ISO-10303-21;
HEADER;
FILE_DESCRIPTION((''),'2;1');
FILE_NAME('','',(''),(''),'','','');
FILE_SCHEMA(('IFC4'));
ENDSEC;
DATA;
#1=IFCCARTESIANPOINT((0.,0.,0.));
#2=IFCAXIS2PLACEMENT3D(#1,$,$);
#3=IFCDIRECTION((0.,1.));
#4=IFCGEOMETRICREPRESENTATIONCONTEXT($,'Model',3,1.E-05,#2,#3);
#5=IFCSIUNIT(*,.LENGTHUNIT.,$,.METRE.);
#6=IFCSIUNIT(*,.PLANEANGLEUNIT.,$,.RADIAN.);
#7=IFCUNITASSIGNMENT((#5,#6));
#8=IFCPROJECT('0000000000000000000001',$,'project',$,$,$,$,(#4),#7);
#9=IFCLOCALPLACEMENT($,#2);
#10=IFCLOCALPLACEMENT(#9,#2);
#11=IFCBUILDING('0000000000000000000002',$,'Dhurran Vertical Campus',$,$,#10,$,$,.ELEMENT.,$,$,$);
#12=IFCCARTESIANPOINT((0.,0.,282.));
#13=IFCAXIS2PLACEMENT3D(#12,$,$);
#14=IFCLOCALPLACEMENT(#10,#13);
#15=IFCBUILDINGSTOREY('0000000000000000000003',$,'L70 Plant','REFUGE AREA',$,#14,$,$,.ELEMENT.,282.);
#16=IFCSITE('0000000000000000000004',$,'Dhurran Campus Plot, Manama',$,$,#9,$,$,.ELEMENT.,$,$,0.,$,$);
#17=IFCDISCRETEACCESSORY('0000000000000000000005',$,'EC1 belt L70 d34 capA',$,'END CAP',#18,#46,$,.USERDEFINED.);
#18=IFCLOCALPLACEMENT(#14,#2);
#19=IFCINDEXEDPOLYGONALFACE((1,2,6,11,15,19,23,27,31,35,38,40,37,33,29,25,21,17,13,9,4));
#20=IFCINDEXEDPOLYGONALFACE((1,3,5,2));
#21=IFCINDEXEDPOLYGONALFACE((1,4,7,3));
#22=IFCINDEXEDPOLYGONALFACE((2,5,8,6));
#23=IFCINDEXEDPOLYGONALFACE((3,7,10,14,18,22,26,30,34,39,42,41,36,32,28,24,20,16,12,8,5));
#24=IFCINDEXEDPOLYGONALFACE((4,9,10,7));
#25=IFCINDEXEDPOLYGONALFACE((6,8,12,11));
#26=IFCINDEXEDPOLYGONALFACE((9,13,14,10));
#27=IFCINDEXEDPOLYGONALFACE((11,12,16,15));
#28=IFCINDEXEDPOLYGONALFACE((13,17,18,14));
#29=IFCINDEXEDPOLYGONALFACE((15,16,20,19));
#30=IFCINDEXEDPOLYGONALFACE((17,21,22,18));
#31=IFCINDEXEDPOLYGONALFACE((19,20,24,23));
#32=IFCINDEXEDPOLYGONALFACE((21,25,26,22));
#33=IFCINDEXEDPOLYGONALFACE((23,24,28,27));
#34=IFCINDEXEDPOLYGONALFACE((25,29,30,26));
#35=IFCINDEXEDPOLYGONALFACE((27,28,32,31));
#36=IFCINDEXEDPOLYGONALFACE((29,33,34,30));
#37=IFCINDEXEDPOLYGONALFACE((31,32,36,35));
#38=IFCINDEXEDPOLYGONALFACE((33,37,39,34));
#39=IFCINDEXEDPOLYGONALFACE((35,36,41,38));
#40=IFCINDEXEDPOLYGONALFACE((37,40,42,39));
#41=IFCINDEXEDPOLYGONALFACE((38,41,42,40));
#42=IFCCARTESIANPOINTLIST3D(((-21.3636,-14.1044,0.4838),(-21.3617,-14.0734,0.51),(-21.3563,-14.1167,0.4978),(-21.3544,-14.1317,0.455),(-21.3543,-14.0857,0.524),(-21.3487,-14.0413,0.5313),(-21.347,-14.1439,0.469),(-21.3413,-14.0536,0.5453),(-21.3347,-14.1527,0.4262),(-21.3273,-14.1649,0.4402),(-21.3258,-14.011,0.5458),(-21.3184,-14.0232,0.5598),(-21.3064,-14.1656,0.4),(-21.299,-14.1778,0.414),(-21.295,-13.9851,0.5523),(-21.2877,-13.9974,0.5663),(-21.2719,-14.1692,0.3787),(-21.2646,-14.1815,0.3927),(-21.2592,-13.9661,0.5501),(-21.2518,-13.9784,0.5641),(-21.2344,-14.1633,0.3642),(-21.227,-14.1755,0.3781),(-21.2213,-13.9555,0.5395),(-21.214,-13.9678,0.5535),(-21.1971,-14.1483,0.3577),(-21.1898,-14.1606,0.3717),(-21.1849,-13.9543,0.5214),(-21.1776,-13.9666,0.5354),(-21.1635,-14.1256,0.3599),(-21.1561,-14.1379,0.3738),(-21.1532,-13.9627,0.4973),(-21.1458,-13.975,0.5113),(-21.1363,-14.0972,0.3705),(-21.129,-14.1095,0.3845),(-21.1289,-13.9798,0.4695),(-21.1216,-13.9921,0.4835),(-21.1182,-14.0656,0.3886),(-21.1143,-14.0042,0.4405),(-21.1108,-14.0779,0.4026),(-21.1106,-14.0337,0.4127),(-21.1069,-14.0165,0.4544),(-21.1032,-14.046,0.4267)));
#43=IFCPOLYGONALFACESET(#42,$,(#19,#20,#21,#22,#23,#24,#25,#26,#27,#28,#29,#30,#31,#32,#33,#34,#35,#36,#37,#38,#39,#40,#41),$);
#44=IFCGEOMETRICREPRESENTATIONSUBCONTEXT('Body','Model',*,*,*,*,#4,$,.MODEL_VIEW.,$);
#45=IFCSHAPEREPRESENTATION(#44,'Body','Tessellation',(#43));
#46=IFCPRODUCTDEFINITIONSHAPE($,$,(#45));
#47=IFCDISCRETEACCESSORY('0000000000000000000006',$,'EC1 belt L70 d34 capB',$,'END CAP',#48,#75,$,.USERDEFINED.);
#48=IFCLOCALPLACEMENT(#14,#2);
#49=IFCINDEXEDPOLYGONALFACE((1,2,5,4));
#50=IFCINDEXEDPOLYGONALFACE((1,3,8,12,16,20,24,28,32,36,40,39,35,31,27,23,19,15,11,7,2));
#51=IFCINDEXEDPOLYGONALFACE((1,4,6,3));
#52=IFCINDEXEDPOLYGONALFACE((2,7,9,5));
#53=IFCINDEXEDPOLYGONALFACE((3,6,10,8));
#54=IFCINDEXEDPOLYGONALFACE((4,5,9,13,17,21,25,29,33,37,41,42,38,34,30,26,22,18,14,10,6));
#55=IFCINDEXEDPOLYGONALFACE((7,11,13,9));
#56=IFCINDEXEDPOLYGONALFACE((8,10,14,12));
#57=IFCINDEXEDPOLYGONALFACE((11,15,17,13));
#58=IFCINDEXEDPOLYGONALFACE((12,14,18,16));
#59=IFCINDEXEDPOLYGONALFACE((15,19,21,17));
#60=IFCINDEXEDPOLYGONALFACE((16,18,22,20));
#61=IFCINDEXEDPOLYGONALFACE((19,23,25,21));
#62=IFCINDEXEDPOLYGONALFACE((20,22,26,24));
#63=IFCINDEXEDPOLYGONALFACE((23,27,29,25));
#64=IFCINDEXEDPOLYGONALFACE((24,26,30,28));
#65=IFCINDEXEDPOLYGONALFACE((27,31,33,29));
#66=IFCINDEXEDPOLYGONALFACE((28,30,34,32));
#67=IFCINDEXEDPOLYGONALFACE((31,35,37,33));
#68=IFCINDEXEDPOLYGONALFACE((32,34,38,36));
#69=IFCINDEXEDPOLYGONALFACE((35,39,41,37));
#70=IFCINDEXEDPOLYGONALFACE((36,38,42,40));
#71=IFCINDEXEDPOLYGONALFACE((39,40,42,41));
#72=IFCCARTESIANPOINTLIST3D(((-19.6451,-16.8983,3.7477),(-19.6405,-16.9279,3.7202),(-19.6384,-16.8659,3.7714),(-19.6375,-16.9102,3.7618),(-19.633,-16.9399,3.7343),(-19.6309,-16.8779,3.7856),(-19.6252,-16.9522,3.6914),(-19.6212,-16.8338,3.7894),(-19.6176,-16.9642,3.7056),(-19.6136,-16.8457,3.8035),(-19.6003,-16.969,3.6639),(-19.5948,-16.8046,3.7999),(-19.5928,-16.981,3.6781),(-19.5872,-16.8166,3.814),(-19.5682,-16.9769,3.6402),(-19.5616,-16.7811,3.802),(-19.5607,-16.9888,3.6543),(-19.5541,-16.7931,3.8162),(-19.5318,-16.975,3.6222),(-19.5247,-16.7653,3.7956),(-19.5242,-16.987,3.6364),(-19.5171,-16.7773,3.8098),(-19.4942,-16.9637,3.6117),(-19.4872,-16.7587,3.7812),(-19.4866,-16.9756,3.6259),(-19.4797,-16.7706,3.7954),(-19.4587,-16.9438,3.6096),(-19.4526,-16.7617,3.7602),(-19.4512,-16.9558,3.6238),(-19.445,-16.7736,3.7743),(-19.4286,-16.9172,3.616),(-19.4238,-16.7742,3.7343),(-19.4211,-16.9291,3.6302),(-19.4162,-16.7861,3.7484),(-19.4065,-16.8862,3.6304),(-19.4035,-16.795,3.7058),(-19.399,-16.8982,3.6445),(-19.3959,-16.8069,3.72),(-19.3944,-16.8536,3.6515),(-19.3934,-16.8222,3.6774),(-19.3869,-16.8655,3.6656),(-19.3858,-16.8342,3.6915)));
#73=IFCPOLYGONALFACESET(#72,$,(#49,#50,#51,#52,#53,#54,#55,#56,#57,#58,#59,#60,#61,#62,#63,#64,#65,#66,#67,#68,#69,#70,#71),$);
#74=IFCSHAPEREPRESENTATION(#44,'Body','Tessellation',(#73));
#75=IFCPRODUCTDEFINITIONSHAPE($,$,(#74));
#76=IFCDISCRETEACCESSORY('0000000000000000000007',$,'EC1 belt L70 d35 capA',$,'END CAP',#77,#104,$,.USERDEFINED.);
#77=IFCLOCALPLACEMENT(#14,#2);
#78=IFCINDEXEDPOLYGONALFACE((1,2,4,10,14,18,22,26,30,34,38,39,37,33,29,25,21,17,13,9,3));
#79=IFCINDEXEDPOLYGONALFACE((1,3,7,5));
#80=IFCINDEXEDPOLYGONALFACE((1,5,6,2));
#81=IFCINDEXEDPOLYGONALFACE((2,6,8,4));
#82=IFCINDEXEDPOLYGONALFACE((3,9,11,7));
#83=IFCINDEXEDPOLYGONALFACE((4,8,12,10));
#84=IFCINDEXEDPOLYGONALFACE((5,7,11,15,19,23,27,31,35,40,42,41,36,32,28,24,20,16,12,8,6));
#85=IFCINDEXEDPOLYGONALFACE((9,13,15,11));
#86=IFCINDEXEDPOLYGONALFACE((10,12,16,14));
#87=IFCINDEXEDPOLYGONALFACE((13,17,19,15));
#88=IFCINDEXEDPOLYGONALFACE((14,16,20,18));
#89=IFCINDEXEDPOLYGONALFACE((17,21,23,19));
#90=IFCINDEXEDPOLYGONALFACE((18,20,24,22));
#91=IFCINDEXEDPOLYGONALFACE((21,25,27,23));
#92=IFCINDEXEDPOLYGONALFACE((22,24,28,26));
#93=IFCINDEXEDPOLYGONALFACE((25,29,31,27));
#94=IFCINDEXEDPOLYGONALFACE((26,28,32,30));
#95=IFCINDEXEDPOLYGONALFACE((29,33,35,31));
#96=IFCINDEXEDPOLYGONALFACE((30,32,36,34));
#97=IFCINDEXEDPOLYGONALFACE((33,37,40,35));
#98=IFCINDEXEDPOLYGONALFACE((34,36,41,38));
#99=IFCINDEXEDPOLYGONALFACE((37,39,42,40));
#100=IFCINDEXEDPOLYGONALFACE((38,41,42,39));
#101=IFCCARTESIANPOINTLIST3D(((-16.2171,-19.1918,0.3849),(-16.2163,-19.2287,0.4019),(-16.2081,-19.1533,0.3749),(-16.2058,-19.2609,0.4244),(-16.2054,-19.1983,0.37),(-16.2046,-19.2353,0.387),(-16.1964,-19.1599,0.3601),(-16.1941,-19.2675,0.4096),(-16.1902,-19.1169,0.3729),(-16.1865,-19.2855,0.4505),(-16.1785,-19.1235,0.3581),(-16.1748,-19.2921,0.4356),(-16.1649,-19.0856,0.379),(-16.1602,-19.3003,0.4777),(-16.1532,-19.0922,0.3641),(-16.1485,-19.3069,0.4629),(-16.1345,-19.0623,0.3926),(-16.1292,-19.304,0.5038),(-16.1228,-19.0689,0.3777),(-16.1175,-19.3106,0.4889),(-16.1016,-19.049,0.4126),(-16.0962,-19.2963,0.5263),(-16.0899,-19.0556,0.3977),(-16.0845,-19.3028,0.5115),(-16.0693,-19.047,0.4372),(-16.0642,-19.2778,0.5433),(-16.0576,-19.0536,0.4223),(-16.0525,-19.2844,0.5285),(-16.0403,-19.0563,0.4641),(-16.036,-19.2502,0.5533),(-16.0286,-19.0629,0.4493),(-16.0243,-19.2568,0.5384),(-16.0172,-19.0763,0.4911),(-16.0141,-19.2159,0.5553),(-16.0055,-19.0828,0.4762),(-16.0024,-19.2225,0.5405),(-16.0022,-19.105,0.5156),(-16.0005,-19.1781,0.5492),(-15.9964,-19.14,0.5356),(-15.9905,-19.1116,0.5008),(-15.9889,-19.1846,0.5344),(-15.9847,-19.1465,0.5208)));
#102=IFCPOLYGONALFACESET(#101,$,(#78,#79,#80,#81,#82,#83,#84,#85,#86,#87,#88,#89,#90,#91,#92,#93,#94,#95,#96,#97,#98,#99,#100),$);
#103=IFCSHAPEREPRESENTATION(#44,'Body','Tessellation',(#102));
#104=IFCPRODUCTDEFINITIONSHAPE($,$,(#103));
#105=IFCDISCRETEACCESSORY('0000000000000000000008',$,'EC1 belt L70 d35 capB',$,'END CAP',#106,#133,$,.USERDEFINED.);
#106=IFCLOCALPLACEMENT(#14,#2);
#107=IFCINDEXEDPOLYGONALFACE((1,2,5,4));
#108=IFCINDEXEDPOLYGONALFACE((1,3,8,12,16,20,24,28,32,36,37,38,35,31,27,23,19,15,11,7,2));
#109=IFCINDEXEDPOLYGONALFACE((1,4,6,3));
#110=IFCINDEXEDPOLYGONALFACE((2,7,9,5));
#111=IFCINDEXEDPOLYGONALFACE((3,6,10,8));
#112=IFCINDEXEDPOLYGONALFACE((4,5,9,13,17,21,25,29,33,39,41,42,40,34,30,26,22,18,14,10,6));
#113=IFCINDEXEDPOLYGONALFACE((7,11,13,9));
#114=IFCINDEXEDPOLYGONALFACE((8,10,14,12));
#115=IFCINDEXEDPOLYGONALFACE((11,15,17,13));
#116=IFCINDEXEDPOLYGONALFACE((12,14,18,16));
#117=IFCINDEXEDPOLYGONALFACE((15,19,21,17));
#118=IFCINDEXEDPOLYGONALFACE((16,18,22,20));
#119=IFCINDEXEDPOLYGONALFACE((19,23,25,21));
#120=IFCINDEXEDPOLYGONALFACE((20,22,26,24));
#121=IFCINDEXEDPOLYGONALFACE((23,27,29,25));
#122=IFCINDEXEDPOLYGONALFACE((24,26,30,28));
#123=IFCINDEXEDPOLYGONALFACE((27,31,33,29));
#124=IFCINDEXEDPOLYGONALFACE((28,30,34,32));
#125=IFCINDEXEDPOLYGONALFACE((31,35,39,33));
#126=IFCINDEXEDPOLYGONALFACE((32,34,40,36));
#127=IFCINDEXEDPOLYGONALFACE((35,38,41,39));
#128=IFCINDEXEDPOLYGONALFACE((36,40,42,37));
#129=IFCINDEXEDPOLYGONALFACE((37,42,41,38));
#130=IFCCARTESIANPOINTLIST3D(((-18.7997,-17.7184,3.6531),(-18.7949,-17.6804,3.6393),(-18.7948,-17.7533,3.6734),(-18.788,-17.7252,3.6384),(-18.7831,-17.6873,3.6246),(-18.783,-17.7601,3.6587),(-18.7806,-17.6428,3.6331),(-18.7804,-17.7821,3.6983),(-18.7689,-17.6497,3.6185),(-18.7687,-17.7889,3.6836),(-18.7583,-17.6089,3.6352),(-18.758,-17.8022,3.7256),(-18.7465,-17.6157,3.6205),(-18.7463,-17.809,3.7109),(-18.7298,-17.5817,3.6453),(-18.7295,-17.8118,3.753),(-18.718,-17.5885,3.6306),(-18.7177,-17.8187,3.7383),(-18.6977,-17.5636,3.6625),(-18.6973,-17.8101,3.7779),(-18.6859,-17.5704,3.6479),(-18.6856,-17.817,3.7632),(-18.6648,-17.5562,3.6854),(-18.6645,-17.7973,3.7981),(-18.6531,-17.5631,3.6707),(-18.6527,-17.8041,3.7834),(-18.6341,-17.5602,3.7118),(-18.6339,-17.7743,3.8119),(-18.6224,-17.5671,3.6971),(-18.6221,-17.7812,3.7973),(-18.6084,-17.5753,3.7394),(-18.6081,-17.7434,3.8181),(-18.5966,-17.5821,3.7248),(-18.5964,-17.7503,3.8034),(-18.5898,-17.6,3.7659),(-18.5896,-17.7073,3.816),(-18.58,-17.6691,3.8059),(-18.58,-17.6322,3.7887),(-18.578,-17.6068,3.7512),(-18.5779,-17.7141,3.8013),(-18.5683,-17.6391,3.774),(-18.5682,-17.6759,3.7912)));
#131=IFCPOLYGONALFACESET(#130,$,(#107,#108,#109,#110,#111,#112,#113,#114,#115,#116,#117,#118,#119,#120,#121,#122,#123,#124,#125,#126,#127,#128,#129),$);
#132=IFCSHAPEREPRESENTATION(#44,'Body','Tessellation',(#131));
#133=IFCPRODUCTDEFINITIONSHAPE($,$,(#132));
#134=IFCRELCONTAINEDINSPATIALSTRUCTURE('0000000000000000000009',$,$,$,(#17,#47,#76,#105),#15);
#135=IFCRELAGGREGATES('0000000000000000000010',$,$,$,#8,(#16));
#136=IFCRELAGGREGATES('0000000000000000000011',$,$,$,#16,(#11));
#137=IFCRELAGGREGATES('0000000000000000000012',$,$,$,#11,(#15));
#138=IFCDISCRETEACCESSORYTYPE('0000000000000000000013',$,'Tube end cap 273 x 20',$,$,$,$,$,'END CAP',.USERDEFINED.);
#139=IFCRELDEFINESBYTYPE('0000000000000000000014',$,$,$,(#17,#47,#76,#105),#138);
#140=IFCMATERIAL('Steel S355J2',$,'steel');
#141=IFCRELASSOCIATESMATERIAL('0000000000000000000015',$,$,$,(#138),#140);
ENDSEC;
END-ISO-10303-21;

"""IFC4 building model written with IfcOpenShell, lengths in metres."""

from ifc_helpers import new_model, si_unit, direction, frame, origin, origin_2d, place, context, subcontext, project, spatial, circle, extrude, material, material_profile, profile_set, type_object, element, save


model = new_model("IFC4")

# Units and contexts
model_context = context("Model", 3, precision=1e-05, world=origin(), true_north=direction((0.0, 1.0)))
body_context = subcontext(model_context, "Body", "Model", "MODEL_VIEW")
ifc_project = project(units=[si_unit("LENGTHUNIT", "METRE"), si_unit("PLANEANGLEUNIT", "RADIAN")], contexts=[model_context])

# Site, building, storey
site_placement = place(None, origin())
site = spatial("IfcSite", under=ifc_project, at=site_placement, Name="Dhurran Campus Plot, Manama", CompositionType="ELEMENT", RefElevation=0.0)
building_placement = place(site_placement, origin())
building = spatial("IfcBuilding", under=site, at=building_placement, Name="Dhurran Vertical Campus", CompositionType="ELEMENT")
storey_placement = place(building_placement, frame((0.0, 0.0, 282.0)))
storey = spatial("IfcBuildingStorey", under=building, at=storey_placement, Name="L70 Plant", Description="REFUGE AREA", CompositionType="ELEMENT", Elevation=282.0)

# Discrete accessories
ifc_material_1 = material(Name="Steel S355J2", Category="steel")
ifc_material_profile_1 = material_profile(ifc_material_1, circle(Radius=0.1365, at=origin_2d()), Name="Tube end cap 273 x 20")
ifc_profile_set_1 = profile_set([ifc_material_profile_1], Name="Steel S355J2")
discrete_accessory_type = type_object("IfcDiscreteAccessoryType", Name="Tube end cap 273 x 20", ElementType="END CAP", PredefinedType="USERDEFINED", material=ifc_profile_set_1)
for number, where, z_axis, x_axis, name in (
    (1, (-21.23, -14.0737, 0.469), (-0.367911, 0.613185, -0.699031), (-0.857493, -0.514496, 0.0), "EC1 belt L70 d34 capA"),
    (2, (-19.5188, -16.8679, 3.7058), (0.377993, -0.597472, 0.707212), (0.845079, 0.534642, 0.0), "EC1 belt L70 d34 capB"),
    (3, (-16.1072, -19.1753, 0.4641), (0.584064, -0.328536, -0.742248), (0.490261, 0.871576, 0.0), "EC1 belt L70 d35 capA"),
    (4, (-18.6775, -17.6912, 3.7109), (-0.586939, 0.342381, 0.733674), (-0.503871, -0.863779, 0.0), "EC1 belt L70 d35 capB"),
):
    element("IfcDiscreteAccessory", number, at=place(storey_placement, frame(where, z_axis=z_axis, x_axis=x_axis)), inside=storey, type_object=discrete_accessory_type, Name=name, ObjectType="END CAP", PredefinedType="USERDEFINED", context=body_context, shape_type="SweptSolid", body=[
        extrude(circle(Radius=0.1365, at=origin_2d()), origin(), (0.0, 0.0, 1.0), 0.02),
    ])

save(model, "model.ifc")
